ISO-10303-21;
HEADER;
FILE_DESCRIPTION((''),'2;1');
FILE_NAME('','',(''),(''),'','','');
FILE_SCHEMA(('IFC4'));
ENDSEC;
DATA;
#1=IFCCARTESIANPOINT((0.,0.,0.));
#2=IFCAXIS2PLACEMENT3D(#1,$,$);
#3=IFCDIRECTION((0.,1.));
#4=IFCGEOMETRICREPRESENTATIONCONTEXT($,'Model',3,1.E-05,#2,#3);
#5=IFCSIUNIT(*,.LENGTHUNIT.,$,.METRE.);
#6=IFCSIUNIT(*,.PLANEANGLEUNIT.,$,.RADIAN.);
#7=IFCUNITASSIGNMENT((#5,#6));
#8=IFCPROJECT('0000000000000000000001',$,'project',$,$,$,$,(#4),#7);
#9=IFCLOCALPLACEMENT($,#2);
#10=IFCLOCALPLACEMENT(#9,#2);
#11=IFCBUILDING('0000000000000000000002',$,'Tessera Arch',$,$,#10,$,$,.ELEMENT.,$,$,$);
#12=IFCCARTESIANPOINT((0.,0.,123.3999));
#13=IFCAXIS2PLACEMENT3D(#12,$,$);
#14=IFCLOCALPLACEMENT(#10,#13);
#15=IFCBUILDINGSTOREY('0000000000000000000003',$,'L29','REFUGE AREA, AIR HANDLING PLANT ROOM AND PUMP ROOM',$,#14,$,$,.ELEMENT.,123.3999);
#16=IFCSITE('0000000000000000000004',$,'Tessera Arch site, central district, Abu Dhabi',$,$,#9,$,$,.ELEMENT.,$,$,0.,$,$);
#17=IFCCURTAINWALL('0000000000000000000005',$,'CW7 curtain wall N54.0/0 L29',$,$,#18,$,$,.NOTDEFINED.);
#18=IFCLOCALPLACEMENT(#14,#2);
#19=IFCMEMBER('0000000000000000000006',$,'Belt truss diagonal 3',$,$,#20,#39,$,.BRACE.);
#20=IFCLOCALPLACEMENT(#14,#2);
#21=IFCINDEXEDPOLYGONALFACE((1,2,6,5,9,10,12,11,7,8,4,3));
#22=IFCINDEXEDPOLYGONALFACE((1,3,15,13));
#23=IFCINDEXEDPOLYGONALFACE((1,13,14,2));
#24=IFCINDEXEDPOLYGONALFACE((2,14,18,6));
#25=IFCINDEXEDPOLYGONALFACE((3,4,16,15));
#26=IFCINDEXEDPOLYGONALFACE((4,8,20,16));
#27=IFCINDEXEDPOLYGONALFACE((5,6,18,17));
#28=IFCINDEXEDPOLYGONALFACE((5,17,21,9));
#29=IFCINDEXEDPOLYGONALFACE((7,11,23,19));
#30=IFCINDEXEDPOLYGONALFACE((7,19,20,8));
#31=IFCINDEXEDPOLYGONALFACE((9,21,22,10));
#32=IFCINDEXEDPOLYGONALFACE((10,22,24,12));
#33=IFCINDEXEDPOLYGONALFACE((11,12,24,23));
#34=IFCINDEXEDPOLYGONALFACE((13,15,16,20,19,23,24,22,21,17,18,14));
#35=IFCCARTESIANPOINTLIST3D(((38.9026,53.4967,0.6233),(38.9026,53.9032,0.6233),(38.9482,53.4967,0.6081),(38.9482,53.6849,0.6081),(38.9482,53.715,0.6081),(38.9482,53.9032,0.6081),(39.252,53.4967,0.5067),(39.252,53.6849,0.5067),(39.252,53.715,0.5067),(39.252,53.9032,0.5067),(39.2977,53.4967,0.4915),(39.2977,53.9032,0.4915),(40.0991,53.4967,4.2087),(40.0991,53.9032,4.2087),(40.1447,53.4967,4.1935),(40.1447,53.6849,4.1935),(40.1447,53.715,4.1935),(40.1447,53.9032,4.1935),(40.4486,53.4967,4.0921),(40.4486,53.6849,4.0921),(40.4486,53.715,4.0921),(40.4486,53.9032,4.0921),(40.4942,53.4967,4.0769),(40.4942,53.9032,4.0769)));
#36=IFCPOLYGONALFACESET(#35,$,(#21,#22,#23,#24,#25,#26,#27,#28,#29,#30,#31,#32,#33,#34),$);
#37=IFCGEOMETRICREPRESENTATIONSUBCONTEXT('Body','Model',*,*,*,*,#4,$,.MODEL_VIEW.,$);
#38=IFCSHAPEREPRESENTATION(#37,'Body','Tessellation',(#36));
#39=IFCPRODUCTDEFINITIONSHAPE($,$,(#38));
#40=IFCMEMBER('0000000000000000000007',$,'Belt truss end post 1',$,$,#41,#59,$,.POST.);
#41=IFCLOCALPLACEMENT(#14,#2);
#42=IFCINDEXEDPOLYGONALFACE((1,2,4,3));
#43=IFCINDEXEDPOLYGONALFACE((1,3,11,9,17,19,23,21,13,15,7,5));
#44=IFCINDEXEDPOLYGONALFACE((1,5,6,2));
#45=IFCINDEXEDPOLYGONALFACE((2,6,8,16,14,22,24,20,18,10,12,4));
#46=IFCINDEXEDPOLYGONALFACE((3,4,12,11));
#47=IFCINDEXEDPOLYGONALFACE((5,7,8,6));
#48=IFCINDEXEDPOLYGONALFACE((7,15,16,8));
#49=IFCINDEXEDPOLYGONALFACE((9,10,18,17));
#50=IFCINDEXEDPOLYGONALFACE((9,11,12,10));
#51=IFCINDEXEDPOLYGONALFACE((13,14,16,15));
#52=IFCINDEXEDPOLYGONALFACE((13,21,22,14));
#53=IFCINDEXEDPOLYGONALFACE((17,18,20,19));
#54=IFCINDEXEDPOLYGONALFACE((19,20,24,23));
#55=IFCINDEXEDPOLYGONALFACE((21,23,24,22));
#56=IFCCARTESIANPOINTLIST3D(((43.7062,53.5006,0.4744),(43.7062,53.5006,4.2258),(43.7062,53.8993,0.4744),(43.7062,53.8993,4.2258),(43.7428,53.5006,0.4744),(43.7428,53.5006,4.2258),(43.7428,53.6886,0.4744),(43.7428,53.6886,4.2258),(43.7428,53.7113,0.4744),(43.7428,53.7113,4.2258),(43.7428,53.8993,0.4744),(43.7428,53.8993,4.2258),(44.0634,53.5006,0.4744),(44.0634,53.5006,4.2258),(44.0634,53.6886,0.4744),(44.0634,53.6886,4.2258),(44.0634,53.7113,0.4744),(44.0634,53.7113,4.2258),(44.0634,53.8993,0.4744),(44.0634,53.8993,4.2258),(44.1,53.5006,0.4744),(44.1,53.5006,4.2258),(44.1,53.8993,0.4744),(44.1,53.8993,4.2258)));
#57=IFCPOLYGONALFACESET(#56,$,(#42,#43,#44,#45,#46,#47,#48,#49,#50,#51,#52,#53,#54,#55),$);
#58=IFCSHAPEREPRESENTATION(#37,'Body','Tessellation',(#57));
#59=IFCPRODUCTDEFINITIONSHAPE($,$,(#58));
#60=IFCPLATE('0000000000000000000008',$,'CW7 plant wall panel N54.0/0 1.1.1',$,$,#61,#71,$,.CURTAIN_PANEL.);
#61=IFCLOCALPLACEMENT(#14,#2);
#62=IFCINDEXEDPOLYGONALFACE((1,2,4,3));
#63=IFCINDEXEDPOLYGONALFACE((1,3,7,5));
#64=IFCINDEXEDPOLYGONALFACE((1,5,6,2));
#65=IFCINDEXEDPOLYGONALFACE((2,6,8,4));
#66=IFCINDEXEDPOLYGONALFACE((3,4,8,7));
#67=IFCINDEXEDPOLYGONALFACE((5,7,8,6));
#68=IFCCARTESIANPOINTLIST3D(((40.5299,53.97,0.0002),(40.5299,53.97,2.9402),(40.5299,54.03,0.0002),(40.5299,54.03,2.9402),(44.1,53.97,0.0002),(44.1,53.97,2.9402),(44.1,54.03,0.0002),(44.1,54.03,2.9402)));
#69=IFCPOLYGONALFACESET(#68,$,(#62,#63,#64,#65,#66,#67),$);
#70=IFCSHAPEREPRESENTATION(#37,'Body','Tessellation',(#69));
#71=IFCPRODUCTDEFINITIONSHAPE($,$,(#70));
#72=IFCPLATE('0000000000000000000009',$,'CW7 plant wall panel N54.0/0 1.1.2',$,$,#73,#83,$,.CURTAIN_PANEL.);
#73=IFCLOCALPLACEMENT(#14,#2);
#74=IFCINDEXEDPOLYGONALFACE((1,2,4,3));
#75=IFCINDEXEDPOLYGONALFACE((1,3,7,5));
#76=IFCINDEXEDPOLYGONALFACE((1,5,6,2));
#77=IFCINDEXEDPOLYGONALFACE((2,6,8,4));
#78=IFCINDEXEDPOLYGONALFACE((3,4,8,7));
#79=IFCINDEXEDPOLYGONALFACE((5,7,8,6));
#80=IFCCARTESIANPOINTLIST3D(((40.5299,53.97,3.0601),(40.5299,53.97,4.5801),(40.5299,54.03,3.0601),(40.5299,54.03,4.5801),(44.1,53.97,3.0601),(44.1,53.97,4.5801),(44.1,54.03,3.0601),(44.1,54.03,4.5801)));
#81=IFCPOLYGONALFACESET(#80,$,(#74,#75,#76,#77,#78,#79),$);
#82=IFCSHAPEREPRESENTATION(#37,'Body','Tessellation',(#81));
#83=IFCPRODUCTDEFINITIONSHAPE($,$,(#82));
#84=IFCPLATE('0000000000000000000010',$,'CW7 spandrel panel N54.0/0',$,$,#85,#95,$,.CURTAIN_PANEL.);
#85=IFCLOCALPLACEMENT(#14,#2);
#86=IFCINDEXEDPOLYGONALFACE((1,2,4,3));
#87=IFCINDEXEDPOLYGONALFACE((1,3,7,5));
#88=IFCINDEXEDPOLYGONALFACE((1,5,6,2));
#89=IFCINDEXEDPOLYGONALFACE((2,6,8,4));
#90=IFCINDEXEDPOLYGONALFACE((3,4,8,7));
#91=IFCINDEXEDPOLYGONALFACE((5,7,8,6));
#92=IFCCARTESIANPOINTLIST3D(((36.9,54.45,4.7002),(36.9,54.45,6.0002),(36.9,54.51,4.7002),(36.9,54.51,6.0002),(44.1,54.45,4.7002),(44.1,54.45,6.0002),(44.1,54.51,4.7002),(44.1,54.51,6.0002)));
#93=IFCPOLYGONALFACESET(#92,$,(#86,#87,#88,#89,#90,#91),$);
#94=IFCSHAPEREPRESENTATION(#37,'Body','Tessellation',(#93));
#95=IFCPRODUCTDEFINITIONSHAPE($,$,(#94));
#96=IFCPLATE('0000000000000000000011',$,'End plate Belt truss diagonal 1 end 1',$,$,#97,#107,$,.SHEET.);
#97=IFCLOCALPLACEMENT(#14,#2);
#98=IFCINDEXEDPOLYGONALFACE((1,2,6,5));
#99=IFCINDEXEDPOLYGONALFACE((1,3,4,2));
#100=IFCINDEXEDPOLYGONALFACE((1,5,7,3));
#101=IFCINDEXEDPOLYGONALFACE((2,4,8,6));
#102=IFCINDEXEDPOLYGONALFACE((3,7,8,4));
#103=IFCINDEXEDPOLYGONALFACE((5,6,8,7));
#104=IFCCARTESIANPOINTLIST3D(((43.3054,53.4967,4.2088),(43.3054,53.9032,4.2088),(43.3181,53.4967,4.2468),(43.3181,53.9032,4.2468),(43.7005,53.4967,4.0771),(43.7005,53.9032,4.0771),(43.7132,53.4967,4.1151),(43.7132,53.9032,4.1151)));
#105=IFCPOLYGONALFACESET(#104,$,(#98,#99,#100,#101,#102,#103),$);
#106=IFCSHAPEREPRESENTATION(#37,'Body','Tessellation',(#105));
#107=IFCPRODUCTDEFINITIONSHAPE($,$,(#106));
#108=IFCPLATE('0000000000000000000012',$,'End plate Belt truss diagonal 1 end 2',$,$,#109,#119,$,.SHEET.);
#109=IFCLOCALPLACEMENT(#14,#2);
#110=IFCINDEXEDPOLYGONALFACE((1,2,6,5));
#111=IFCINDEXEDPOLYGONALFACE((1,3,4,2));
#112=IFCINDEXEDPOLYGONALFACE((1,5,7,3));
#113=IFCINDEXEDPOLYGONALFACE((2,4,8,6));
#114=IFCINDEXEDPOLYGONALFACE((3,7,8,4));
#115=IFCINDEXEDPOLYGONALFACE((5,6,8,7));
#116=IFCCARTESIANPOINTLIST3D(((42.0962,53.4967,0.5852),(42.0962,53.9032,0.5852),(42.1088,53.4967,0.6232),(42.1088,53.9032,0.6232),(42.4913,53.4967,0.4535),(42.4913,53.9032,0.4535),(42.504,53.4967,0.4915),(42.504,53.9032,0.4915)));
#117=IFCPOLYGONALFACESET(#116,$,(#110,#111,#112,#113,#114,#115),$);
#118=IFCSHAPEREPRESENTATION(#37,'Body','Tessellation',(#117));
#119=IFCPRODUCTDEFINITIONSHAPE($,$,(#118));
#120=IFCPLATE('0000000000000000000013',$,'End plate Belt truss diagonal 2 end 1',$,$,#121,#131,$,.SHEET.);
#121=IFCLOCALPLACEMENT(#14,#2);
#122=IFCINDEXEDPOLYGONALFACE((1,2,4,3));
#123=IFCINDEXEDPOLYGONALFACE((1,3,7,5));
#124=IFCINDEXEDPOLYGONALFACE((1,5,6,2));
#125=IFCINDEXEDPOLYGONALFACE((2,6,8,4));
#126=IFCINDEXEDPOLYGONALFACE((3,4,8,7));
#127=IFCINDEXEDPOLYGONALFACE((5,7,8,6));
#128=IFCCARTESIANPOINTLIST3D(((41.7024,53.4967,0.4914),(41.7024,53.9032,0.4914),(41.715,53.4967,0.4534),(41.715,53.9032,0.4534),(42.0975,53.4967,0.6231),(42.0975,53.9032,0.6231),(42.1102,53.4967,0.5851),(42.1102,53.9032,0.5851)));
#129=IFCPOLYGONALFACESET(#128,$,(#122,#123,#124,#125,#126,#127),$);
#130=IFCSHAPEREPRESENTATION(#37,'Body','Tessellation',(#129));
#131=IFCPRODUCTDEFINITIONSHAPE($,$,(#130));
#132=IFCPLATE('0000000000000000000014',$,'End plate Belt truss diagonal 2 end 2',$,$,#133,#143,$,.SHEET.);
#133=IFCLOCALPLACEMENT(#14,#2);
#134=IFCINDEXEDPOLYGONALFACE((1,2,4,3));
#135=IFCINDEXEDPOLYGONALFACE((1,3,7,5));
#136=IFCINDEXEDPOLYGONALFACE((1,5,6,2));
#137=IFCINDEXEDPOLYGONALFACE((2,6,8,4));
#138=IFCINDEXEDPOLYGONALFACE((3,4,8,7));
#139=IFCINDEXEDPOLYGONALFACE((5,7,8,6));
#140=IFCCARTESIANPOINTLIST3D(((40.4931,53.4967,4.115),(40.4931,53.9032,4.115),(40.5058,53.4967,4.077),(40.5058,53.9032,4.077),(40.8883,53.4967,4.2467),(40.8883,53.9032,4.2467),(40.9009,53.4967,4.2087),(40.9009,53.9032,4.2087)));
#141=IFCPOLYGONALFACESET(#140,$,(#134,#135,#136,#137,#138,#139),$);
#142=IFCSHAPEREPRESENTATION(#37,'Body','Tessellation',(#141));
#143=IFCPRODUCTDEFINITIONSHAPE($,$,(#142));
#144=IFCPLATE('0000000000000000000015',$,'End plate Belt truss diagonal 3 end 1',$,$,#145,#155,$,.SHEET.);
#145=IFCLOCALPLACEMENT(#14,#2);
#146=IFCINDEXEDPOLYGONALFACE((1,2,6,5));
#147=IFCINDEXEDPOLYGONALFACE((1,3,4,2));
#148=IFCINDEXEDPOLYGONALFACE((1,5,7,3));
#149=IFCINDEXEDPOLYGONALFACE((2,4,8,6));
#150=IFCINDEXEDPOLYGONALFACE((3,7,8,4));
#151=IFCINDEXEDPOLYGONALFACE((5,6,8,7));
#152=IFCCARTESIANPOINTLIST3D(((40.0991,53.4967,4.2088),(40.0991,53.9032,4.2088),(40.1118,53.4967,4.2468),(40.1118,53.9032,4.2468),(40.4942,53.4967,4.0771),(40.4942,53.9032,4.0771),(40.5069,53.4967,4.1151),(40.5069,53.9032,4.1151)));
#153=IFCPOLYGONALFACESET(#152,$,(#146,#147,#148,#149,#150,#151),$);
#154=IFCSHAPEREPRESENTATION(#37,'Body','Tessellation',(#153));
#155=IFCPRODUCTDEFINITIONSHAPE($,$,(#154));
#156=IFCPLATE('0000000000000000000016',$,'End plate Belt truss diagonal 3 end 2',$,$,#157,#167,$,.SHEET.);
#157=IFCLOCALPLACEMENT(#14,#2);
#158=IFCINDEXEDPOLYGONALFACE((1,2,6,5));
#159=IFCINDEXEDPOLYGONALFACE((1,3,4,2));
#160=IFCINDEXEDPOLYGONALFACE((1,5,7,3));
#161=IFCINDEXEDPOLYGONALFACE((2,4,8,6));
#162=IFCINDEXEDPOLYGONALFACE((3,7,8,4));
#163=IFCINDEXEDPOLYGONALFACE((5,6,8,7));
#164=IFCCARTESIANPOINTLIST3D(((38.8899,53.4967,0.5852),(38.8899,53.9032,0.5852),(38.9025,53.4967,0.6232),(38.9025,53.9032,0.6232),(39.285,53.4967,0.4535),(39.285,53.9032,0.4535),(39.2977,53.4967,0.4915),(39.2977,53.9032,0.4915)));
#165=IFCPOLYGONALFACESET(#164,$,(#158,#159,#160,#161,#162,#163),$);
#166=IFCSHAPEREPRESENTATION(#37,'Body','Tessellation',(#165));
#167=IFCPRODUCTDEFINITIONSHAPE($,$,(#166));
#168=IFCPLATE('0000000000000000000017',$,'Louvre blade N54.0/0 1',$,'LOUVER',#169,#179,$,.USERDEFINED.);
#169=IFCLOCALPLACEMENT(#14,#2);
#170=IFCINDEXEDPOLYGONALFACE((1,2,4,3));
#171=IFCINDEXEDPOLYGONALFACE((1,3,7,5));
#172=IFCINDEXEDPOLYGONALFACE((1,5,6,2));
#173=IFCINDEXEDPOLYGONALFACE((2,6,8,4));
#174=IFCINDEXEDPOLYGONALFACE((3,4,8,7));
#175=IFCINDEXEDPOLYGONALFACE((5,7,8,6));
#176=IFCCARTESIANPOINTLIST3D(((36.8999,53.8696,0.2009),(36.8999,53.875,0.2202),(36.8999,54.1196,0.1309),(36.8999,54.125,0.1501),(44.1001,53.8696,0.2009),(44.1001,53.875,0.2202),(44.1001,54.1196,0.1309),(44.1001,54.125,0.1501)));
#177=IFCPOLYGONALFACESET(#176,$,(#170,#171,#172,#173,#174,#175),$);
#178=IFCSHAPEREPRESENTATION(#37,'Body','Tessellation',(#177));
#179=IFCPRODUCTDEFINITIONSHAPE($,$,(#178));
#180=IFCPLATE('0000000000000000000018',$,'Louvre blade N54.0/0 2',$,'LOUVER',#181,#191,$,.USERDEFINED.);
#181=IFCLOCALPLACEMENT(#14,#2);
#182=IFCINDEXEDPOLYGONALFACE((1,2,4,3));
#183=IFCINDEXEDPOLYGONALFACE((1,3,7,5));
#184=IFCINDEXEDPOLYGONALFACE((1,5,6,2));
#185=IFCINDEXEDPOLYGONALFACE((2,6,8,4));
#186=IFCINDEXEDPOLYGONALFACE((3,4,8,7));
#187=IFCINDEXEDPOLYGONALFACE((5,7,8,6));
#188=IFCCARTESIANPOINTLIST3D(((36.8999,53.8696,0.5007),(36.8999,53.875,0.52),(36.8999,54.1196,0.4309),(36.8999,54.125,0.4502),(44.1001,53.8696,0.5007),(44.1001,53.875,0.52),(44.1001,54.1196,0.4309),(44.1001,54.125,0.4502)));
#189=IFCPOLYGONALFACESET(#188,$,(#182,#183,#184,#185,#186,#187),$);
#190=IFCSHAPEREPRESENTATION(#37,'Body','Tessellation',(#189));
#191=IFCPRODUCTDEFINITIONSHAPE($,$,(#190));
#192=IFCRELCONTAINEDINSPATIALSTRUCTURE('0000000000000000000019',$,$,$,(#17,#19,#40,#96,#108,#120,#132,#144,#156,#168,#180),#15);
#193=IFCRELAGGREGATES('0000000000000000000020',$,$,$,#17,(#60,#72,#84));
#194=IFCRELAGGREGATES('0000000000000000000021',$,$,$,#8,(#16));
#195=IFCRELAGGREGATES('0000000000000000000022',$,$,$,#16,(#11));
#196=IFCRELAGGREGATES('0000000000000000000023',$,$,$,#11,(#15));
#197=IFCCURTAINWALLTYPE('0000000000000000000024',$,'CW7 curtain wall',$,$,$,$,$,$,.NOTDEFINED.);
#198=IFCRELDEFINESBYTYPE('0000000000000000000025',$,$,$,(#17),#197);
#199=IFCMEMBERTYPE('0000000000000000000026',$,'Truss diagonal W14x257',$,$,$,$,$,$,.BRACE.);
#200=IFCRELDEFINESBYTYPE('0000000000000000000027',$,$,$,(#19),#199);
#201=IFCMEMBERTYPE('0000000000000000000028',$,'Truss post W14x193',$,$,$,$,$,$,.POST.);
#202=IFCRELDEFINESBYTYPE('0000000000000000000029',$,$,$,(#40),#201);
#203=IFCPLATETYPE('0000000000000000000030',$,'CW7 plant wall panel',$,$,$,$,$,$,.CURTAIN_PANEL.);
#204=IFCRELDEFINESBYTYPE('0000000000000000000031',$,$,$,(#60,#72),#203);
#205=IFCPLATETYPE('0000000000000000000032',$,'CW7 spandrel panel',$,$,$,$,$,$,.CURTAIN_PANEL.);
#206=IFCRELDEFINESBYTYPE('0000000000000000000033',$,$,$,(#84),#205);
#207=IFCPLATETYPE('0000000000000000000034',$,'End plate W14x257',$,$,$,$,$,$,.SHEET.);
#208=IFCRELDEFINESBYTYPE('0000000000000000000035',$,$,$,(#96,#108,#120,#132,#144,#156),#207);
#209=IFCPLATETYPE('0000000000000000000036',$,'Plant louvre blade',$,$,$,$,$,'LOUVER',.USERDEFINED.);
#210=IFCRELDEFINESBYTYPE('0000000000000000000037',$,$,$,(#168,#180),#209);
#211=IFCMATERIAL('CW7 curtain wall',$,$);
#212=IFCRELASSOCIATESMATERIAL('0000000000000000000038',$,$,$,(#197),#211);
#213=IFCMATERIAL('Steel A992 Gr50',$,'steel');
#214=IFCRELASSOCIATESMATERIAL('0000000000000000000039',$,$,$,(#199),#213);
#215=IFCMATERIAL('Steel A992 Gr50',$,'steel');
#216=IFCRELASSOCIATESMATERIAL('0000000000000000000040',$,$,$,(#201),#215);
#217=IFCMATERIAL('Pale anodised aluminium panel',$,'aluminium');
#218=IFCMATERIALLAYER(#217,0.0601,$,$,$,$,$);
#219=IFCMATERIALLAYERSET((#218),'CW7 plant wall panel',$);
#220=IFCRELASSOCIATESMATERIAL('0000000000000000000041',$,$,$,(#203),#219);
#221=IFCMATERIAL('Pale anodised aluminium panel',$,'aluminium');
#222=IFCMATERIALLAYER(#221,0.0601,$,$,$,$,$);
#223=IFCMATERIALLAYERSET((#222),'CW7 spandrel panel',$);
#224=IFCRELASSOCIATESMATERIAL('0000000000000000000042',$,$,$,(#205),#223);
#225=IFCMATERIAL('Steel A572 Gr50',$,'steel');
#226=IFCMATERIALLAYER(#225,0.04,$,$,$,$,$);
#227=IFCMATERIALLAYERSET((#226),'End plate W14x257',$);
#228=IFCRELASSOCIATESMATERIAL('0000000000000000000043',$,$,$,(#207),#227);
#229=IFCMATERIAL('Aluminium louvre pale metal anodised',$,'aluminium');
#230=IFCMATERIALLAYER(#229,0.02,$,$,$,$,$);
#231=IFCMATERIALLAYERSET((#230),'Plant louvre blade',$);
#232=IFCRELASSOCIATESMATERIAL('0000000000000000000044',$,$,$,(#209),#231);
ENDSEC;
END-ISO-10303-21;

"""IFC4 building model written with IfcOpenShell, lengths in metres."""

from ifc_helpers import new_model, si_unit, direction, frame, origin, origin_2d, place, context, subcontext, project, spatial, polyline, rectangle, i_section, outline, extrude, material, layer, layer_set, material_profile, profile_set, type_object, element, aggregate, save


model = new_model("IFC4")

# Units and contexts
model_context = context("Model", 3, precision=1e-05, world=origin(), true_north=direction((0.0, 1.0)))
body_context = subcontext(model_context, "Body", "Model", "MODEL_VIEW")
ifc_project = project(units=[si_unit("LENGTHUNIT", "METRE"), si_unit("PLANEANGLEUNIT", "RADIAN")], contexts=[model_context])

# Site, building, storey
site_placement = place(None, origin())
site = spatial("IfcSite", under=ifc_project, at=site_placement, Name="Tessera Arch site, central district, Abu Dhabi", CompositionType="ELEMENT", RefElevation=0.0)
building_placement = place(site_placement, origin())
building = spatial("IfcBuilding", under=site, at=building_placement, Name="Tessera Arch", CompositionType="ELEMENT")
storey_placement = place(building_placement, frame((0.0, 0.0, 123.3999)))
storey = spatial("IfcBuildingStorey", under=building, at=storey_placement, Name="L29", Description="REFUGE AREA, AIR HANDLING PLANT ROOM AND PUMP ROOM", CompositionType="ELEMENT", Elevation=123.3999)

# Curtain wall
ifc_material_1 = material(Name="CW7 curtain wall")
curtain_wall_type = type_object("IfcCurtainWallType", Name="CW7 curtain wall", PredefinedType="NOTDEFINED", material=ifc_material_1)
curtain_wall_placement = place(storey_placement, origin())
curtain_wall = element("IfcCurtainWall", 1, at=curtain_wall_placement, inside=storey, type_object=curtain_wall_type, Name="CW7 curtain wall N54.0/0 L29", PredefinedType="NOTDEFINED")

# Members
ifc_material_2 = material(Name="Steel A992 Gr50", Category="steel")
ifc_material_profile_1 = material_profile(ifc_material_2, i_section(OverallWidth=0.4065, OverallDepth=0.4165, WebThickness=0.03, FlangeThickness=0.0481, at=origin_2d()), Name="W14x257")
ifc_profile_set_1 = profile_set([ifc_material_profile_1], Name="Steel A992 Gr50")
member_type_1 = type_object("IfcMemberType", Name="Truss diagonal W14x257", PredefinedType="BRACE", material=ifc_profile_set_1)
for number, where, z_axis, x_axis, name in (
    (2, (40.2966, 53.7, 4.1428), (-0.316557, 0.0, -0.948573), (0.0, -1.0, 0.0), "Belt truss diagonal 3"),
):
    element("IfcMember", number, at=place(storey_placement, frame(where, z_axis=z_axis, x_axis=x_axis)), inside=storey, type_object=member_type_1, Name=name, PredefinedType="BRACE", context=body_context, shape_type="SweptSolid", body=[
        extrude(i_section(OverallWidth=0.4065, OverallDepth=0.4165, WebThickness=0.03, FlangeThickness=0.0481, at=origin_2d()), origin(), (0.0, 0.0, 1.0), 3.7798),
    ])
ifc_material_3 = material(Name="Steel A992 Gr50", Category="steel")
ifc_material_profile_2 = material_profile(ifc_material_3, i_section(OverallWidth=0.3987, OverallDepth=0.3938, WebThickness=0.0227, FlangeThickness=0.0366, at=origin_2d()), Name="W14x193")
ifc_profile_set_2 = profile_set([ifc_material_profile_2], Name="Steel A992 Gr50")
member_type_2 = type_object("IfcMemberType", Name="Truss post W14x193", PredefinedType="POST", material=ifc_profile_set_2)
member_1_placement = place(storey_placement, frame((43.9031, 53.7, 0.4744), z_axis=(0.0, 0.0, 1.0), x_axis=(0.0, 1.0, 0.0)))
element("IfcMember", 3, at=member_1_placement, inside=storey, type_object=member_type_2, Name="Belt truss end post 1", PredefinedType="POST", context=body_context, shape_type="SweptSolid", body=[
    extrude(i_section(OverallWidth=0.3987, OverallDepth=0.3938, WebThickness=0.0227, FlangeThickness=0.0366, at=origin_2d()), origin(), (0.0, 0.0, 1.0), 3.7515),
])

# Plates
ifc_material_4 = material(Name="Pale anodised aluminium panel", Category="aluminium")
ifc_layer_1 = layer(ifc_material_4, 0.0601)
ifc_layer_set_1 = layer_set([ifc_layer_1], Name="CW7 plant wall panel")
plate_type_1 = type_object("IfcPlateType", Name="CW7 plant wall panel", PredefinedType="CURTAIN_PANEL", material=ifc_layer_set_1)
plate_1_placement = place(storey_placement, frame((42.3149, 54.0, 0.0002), z_axis=(0.0, 0.0, 1.0), x_axis=(-1.0, 0.0, 0.0)))
plate_1 = element("IfcPlate", 4, at=plate_1_placement, type_object=plate_type_1, Name="CW7 plant wall panel N54.0/0 1.1.1", PredefinedType="CURTAIN_PANEL", context=body_context, shape_type="SweptSolid", body=[
    extrude(rectangle(XDim=3.5701, YDim=0.0601, at=origin_2d()), origin(), (0.0, 0.0, 1.0), 2.9399),
])
plate_2_placement = place(storey_placement, frame((42.3149, 54.0, 3.0601), z_axis=(0.0, 0.0, 1.0), x_axis=(-1.0, 0.0, 0.0)))
plate_2 = element("IfcPlate", 5, at=plate_2_placement, type_object=plate_type_1, Name="CW7 plant wall panel N54.0/0 1.1.2", PredefinedType="CURTAIN_PANEL", context=body_context, shape_type="SweptSolid", body=[
    extrude(rectangle(XDim=3.5701, YDim=0.0601, at=origin_2d()), origin(), (0.0, 0.0, 1.0), 1.52),
])
ifc_material_5 = material(Name="Pale anodised aluminium panel", Category="aluminium")
ifc_layer_2 = layer(ifc_material_5, 0.0601)
ifc_layer_set_2 = layer_set([ifc_layer_2], Name="CW7 spandrel panel")
plate_type_2 = type_object("IfcPlateType", Name="CW7 spandrel panel", PredefinedType="CURTAIN_PANEL", material=ifc_layer_set_2)
plate_3_placement = place(storey_placement, frame((40.5, 54.48, 4.7002), z_axis=(0.0, 0.0, 1.0), x_axis=(-1.0, 0.0, 0.0)))
plate_3 = element("IfcPlate", 6, at=plate_3_placement, type_object=plate_type_2, Name="CW7 spandrel panel N54.0/0", PredefinedType="CURTAIN_PANEL", context=body_context, shape_type="SweptSolid", body=[
    extrude(rectangle(XDim=7.2, YDim=0.0601, at=origin_2d()), origin(), (0.0, 0.0, 1.0), 1.3),
])
aggregate(curtain_wall, [plate_1, plate_2, plate_3])

# Plates
ifc_material_6 = material(Name="Steel A572 Gr50", Category="steel")
ifc_layer_3 = layer(ifc_material_6, 0.04)
ifc_layer_set_3 = layer_set([ifc_layer_3], Name="End plate W14x257")
plate_type_3 = type_object("IfcPlateType", Name="End plate W14x257", PredefinedType="SHEET", material=ifc_layer_set_3)
for number, where, z_axis, x_axis, name in (
    (7, (43.5156, 53.7, 4.1809), (-0.316228, 0.0, -0.948683), (0.0, -1.0, 0.0), "End plate Belt truss diagonal 1 end 1"),
    (8, (42.3064, 53.7, 0.5574), (-0.316228, 0.0, -0.948683), (0.0, -1.0, 0.0), "End plate Belt truss diagonal 1 end 2"),
    (9, (41.9126, 53.7, 0.5193), (-0.316228, 0.0, 0.948683), (0.0, -1.0, 0.0), "End plate Belt truss diagonal 2 end 1"),
    (10, (40.7034, 53.7, 4.1428), (-0.316228, 0.0, 0.948683), (0.0, -1.0, 0.0), "End plate Belt truss diagonal 2 end 2"),
    (11, (40.3093, 53.7, 4.1809), (-0.316228, 0.0, -0.948683), (0.0, -1.0, 0.0), "End plate Belt truss diagonal 3 end 1"),
    (12, (39.1001, 53.7, 0.5574), (-0.316228, 0.0, -0.948683), (0.0, -1.0, 0.0), "End plate Belt truss diagonal 3 end 2"),
):
    element("IfcPlate", number, at=place(storey_placement, frame(where, z_axis=z_axis, x_axis=x_axis)), inside=storey, type_object=plate_type_3, Name=name, PredefinedType="SHEET", context=body_context, shape_type="SweptSolid", body=[
        extrude(rectangle(XDim=0.4065, YDim=0.4165, at=origin_2d()), origin(), (0.0, 0.0, 1.0), 0.04),
    ])
ifc_material_7 = material(Name="Aluminium louvre pale metal anodised", Category="aluminium")
ifc_layer_4 = layer(ifc_material_7, 0.02)
ifc_layer_set_4 = layer_set([ifc_layer_4], Name="Plant louvre blade")
plate_type_4 = type_object("IfcPlateType", Name="Plant louvre blade", ElementType="LOUVER", PredefinedType="USERDEFINED", material=ifc_layer_set_4)
plate_4_placement = place(storey_placement, frame((44.1001, 54.125, 0.1501), z_axis=(0.0, 0.269874, 0.962896), x_axis=(-1.0, 0.0, 0.0)))
element("IfcPlate", 13, at=plate_4_placement, inside=storey, type_object=plate_type_4, Name="Louvre blade N54.0/0 1", ObjectType="LOUVER", PredefinedType="USERDEFINED", context=body_context, shape_type="SweptSolid", body=[
    extrude(outline(polyline([(0.0, 0.0), (7.2002, 0.0), (7.2002, 0.2596), (0.0, 0.2596), (0.0, 0.0)])), origin(), (0.0, 0.0, -1.0), 0.02),
])
plate_5_placement = place(storey_placement, frame((44.1001, 54.125, 0.4502), z_axis=(0.0, 0.269002, 0.96314), x_axis=(-1.0, 0.0, 0.0)))
element("IfcPlate", 14, at=plate_5_placement, inside=storey, type_object=plate_type_4, Name="Louvre blade N54.0/0 2", ObjectType="LOUVER", PredefinedType="USERDEFINED", context=body_context, shape_type="SweptSolid", body=[
    extrude(outline(polyline([(0.0, 0.0), (7.2002, 0.0), (7.2002, 0.2596), (0.0, 0.2596), (0.0, 0.0)])), origin(), (0.0, 0.0, -1.0), 0.02),
])

save(model, "model.ifc")
